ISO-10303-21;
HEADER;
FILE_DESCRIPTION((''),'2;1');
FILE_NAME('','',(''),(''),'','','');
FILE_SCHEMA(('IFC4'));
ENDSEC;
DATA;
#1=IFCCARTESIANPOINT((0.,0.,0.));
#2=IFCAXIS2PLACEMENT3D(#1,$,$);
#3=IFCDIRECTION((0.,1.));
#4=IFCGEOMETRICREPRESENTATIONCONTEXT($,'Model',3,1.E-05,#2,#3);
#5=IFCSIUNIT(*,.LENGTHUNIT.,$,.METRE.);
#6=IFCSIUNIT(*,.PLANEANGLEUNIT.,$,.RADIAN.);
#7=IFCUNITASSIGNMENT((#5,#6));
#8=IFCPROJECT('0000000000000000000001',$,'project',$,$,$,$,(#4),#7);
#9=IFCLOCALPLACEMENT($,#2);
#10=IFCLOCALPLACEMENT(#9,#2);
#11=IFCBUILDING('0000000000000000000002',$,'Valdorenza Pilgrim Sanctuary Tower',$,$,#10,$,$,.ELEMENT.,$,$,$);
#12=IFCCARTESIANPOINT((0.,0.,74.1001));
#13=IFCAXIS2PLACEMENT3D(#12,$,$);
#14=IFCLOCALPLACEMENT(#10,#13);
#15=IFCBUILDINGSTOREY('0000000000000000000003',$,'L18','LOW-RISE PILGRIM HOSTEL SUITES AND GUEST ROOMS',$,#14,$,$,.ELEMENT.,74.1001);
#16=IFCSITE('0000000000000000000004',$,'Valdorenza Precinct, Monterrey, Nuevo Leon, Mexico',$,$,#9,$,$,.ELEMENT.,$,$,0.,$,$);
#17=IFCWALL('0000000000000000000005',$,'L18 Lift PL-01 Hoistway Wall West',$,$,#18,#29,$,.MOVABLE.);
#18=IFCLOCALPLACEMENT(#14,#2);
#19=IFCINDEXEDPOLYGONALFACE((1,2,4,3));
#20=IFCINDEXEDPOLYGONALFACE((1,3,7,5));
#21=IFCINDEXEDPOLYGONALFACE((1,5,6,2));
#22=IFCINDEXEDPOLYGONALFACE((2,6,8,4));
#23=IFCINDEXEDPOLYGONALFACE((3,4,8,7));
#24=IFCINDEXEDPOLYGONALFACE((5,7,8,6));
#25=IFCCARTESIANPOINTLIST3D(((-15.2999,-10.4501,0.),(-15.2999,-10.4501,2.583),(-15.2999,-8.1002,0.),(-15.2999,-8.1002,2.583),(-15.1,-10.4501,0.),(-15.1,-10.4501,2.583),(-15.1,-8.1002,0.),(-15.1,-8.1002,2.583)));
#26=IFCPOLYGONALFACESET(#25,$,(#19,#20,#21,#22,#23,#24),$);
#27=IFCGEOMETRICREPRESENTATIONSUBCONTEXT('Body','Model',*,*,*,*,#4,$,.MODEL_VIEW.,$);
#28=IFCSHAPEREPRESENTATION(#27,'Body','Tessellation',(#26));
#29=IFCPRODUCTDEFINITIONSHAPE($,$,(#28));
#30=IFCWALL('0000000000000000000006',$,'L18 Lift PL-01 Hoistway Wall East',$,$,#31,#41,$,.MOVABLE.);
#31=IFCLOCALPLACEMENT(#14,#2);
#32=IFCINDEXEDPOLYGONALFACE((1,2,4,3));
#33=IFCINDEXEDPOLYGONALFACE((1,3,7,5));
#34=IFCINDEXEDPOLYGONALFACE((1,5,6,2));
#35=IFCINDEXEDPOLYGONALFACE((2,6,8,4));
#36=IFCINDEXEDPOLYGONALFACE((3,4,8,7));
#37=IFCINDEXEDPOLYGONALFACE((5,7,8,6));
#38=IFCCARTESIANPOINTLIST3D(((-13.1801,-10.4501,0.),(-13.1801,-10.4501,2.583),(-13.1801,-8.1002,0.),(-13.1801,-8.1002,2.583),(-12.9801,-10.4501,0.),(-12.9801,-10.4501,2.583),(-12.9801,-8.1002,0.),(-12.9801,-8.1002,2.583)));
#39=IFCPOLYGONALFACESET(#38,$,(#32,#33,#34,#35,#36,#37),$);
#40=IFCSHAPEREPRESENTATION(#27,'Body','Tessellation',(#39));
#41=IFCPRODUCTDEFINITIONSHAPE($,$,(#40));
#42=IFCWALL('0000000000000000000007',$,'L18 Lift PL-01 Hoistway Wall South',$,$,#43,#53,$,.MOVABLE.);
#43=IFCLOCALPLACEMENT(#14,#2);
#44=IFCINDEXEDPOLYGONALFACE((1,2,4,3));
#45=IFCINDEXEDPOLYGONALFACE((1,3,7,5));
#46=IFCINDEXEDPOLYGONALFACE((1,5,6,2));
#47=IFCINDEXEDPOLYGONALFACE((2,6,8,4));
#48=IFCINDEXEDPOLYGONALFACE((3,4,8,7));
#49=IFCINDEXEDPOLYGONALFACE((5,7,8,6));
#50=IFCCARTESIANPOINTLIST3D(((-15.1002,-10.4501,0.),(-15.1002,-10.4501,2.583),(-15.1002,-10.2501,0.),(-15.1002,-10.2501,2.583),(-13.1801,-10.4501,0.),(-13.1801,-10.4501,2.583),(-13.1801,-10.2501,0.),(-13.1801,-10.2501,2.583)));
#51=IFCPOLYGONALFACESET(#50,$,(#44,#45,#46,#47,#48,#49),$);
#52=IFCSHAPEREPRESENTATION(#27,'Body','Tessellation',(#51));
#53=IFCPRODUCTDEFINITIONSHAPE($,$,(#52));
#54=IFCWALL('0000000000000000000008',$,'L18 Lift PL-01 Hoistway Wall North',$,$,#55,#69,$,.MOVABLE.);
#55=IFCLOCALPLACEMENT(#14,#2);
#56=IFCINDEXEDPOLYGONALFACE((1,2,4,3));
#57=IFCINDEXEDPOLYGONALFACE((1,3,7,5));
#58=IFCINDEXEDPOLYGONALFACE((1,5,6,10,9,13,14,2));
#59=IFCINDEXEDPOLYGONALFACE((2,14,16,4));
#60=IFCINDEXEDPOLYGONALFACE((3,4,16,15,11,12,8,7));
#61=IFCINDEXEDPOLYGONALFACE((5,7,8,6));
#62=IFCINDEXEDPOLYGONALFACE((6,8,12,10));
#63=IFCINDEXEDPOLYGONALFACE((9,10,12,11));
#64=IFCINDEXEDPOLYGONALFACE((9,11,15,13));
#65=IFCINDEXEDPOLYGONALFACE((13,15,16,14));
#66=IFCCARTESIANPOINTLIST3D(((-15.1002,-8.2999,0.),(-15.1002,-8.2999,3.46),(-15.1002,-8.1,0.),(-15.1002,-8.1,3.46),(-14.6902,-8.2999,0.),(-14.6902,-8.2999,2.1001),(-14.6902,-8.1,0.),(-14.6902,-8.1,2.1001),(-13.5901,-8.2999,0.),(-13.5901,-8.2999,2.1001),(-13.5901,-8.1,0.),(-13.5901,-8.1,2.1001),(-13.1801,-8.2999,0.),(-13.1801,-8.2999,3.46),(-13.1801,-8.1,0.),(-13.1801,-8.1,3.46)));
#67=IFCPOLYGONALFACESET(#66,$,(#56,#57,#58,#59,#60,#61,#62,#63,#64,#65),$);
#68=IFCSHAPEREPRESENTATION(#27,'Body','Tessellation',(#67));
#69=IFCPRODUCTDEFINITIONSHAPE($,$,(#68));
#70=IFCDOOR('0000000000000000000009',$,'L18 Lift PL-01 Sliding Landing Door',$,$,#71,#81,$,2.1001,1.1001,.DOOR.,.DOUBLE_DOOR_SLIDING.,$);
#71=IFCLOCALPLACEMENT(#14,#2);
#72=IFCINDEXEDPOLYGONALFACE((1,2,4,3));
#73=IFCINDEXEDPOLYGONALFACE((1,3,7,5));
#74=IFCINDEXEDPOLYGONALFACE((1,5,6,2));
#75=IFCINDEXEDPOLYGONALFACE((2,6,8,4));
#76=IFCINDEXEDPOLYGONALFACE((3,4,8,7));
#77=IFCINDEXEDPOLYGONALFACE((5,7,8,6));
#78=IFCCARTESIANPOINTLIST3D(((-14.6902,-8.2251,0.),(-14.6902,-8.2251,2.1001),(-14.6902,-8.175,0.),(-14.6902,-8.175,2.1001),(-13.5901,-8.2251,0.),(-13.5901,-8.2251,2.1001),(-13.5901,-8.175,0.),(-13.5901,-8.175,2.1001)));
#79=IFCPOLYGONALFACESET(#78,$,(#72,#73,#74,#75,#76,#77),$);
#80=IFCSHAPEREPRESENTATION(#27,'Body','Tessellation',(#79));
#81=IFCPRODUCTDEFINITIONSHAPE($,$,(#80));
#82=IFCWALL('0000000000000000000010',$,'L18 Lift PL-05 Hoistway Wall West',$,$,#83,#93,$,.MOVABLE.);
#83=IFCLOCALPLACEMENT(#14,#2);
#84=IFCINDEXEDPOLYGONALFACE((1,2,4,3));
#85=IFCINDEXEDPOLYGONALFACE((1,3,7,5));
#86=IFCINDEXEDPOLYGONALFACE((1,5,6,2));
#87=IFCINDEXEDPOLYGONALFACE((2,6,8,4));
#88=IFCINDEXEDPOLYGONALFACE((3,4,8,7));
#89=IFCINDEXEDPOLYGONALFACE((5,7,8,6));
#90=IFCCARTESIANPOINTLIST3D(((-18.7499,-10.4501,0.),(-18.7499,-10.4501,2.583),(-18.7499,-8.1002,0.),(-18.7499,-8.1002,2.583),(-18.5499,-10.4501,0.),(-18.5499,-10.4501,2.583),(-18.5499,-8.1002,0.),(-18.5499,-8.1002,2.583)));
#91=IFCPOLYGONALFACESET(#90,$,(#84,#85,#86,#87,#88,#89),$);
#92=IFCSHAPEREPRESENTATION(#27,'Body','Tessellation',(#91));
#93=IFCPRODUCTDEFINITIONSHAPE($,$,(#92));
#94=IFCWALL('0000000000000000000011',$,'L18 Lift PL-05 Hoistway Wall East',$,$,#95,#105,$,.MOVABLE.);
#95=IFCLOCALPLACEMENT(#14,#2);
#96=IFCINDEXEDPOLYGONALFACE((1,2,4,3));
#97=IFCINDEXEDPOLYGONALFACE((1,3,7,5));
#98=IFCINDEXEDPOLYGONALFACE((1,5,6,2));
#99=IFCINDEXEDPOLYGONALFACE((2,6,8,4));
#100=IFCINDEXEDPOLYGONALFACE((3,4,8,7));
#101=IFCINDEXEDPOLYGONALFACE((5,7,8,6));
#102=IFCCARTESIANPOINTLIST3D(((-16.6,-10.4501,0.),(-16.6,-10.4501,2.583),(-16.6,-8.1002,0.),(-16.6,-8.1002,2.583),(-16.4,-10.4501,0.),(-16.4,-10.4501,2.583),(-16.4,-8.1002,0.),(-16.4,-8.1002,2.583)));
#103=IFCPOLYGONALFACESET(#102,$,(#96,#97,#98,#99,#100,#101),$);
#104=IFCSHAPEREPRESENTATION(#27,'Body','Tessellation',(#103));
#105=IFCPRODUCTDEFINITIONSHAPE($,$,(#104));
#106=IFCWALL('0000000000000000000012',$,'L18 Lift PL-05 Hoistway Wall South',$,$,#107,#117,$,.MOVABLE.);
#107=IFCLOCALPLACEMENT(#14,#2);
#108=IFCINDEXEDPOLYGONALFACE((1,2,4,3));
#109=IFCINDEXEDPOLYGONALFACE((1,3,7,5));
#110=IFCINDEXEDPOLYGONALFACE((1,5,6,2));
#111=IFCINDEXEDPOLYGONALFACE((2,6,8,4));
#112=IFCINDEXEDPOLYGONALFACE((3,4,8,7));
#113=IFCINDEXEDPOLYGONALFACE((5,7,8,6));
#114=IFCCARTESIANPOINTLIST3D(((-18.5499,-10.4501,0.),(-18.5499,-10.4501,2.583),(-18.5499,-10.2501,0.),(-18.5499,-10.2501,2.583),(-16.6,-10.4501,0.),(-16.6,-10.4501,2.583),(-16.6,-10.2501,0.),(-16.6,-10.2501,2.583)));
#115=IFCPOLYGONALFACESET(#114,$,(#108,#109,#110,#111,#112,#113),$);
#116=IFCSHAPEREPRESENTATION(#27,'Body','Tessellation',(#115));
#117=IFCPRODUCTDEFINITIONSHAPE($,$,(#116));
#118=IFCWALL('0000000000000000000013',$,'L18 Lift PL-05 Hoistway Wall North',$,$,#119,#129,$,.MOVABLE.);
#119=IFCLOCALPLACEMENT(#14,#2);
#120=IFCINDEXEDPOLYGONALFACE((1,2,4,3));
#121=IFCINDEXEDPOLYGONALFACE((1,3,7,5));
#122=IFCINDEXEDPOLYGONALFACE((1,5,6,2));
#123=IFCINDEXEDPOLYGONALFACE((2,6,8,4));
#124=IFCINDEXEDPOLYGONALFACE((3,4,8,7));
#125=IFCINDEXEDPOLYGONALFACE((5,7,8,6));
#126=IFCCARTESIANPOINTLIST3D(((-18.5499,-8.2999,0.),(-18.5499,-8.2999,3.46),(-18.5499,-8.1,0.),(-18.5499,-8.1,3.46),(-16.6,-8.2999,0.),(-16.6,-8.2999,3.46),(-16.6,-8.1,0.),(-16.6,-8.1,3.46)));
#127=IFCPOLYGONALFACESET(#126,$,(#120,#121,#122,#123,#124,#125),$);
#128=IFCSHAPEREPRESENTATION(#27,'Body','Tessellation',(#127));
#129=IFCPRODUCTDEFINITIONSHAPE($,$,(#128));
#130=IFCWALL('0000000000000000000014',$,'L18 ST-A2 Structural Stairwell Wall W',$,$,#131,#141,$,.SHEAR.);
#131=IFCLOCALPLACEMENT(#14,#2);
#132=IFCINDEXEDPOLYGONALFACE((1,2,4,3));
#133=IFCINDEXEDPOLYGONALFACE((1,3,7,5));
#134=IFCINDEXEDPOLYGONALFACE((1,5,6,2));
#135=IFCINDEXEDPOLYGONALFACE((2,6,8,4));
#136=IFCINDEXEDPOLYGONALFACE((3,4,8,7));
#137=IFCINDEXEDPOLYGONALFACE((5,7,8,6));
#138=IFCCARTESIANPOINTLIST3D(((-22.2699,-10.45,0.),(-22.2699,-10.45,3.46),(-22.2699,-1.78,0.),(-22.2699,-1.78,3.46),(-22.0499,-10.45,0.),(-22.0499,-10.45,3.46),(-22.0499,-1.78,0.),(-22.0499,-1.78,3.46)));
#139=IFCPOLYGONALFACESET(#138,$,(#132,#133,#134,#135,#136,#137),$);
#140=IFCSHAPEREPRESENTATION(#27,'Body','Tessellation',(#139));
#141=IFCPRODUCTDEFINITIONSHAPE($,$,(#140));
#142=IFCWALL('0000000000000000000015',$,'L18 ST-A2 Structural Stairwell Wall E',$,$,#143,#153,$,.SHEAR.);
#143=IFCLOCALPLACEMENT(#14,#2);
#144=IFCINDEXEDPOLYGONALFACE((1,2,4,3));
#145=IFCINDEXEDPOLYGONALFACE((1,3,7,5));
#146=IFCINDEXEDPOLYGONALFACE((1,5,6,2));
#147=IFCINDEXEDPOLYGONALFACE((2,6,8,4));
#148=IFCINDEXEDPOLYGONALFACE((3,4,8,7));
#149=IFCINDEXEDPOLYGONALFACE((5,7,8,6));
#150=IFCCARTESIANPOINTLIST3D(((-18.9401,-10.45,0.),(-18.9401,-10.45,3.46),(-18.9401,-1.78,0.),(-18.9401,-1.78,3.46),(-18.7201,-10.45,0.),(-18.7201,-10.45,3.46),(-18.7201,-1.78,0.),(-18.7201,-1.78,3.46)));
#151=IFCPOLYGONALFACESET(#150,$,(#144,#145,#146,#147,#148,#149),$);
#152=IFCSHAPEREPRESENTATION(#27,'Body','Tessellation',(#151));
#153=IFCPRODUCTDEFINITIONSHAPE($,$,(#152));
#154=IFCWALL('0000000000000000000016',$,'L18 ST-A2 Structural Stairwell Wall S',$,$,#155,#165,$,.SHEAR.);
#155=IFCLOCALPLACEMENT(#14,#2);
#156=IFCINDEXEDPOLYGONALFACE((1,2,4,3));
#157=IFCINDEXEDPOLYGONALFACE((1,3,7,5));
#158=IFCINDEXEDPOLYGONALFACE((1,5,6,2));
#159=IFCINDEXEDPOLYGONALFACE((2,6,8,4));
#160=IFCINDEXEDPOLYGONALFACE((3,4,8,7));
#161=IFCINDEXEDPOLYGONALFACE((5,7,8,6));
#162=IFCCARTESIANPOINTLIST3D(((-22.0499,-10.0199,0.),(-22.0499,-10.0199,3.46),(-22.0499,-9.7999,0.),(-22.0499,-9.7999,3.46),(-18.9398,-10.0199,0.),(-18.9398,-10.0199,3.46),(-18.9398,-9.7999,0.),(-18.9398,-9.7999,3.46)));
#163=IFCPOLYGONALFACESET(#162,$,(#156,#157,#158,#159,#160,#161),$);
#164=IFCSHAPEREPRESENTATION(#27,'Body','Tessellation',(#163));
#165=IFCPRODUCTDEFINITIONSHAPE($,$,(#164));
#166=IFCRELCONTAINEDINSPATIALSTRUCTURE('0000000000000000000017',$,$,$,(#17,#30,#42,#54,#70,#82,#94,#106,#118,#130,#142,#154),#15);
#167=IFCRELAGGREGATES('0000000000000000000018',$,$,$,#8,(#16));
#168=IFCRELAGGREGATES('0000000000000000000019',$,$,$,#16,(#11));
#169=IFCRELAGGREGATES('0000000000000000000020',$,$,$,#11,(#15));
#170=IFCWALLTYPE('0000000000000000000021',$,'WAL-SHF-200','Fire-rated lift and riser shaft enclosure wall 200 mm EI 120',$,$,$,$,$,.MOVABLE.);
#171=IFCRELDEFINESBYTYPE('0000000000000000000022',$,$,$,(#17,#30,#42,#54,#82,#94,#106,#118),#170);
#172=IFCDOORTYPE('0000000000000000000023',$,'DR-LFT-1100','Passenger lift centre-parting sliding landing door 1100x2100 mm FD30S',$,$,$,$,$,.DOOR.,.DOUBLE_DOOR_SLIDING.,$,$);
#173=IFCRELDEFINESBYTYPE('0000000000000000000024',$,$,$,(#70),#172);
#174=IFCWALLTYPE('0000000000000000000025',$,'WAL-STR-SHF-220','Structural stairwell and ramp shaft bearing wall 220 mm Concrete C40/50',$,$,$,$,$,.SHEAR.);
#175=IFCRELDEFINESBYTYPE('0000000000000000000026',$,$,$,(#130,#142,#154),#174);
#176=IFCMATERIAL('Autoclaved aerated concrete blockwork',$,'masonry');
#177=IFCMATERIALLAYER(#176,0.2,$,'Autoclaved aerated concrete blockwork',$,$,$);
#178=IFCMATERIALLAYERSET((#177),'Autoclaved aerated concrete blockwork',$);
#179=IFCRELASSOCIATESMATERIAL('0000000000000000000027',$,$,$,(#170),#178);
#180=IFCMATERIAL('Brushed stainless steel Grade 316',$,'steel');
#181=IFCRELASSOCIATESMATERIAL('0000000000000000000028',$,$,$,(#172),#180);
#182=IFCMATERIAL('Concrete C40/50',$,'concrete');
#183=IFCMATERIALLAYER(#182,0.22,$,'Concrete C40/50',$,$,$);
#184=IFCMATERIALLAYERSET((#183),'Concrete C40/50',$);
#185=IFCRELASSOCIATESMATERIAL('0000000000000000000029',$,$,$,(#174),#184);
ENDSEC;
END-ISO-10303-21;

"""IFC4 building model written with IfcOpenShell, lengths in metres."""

from ifc_helpers import new_model, si_unit, direction, frame, frame_2d, origin, place, context, subcontext, project, spatial, rectangle, extrude, material, layer, layer_set, type_object, element, fill, save


model = new_model("IFC4")

# Units and contexts
model_context = context("Model", 3, precision=1e-05, world=origin(), true_north=direction((0.0, 1.0)))
body_context = subcontext(model_context, "Body", "Model", "MODEL_VIEW")
ifc_project = project(units=[si_unit("LENGTHUNIT", "METRE"), si_unit("PLANEANGLEUNIT", "RADIAN")], contexts=[model_context])

# Site, building, storey
site_placement = place(None, origin())
site = spatial("IfcSite", under=ifc_project, at=site_placement, Name="Valdorenza Precinct, Monterrey, Nuevo Leon, Mexico", CompositionType="ELEMENT", RefElevation=0.0)
building_placement = place(site_placement, origin())
building = spatial("IfcBuilding", under=site, at=building_placement, Name="Valdorenza Pilgrim Sanctuary Tower", CompositionType="ELEMENT")
storey_placement = place(building_placement, frame((0.0, 0.0, 74.1001)))
storey = spatial("IfcBuildingStorey", under=building, at=storey_placement, Name="L18", Description="LOW-RISE PILGRIM HOSTEL SUITES AND GUEST ROOMS", CompositionType="ELEMENT", Elevation=74.1001)

# Walls
ifc_material_1 = material(Name="Autoclaved aerated concrete blockwork", Category="masonry")
ifc_layer_1 = layer(ifc_material_1, 0.2, Name="Autoclaved aerated concrete blockwork")
ifc_layer_set_1 = layer_set([ifc_layer_1], Name="Autoclaved aerated concrete blockwork")
wall_type_1 = type_object("IfcWallType", Name="WAL-SHF-200", Description="Fire-rated lift and riser shaft enclosure wall 200 mm EI 120", PredefinedType="MOVABLE", material=ifc_layer_set_1)
for number, where, z_axis, x_axis, name in (
    (1, (-15.2, -10.45, 0.0), (0.0, 0.0, 1.0), (0.0, 1.0, 0.0), "L18 Lift PL-01 Hoistway Wall West"),
    (2, (-13.0801, -10.45, 0.0), (0.0, 0.0, 1.0), (0.0, 1.0, 0.0), "L18 Lift PL-01 Hoistway Wall East"),
):
    element("IfcWall", number, at=place(storey_placement, frame(where, z_axis=z_axis, x_axis=x_axis)), inside=storey, type_object=wall_type_1, Name=name, PredefinedType="MOVABLE", context=body_context, shape_type="SweptSolid", body=[
        extrude(rectangle(XDim=2.3499, YDim=0.2, at=frame_2d((1.1748, 0.0))), origin(), (0.0, 0.0, 1.0), 2.583),
    ])
wall_1_placement = place(storey_placement, frame((-15.1001, -10.3501, 0.0), z_axis=(0.0, 0.0, 1.0), x_axis=(1.0, 0.0, 0.0)))
element("IfcWall", 3, at=wall_1_placement, inside=storey, type_object=wall_type_1, Name="L18 Lift PL-01 Hoistway Wall South", PredefinedType="MOVABLE", context=body_context, shape_type="SweptSolid", body=[
    extrude(rectangle(XDim=1.9202, YDim=0.2, at=frame_2d((0.96, 0.0))), origin(), (0.0, 0.0, 1.0), 2.583),
])

# Wall, opening, door
wall_2_placement = place(storey_placement, frame((-15.1001, -8.2, 0.0), z_axis=(0.0, 0.0, 1.0), x_axis=(1.0, 0.0, 0.0)))
wall_2 = element("IfcWall", 4, at=wall_2_placement, inside=storey, type_object=wall_type_1, Name="L18 Lift PL-01 Hoistway Wall North", PredefinedType="MOVABLE", context=body_context, shape_type="SweptSolid", body=[
    extrude(rectangle(XDim=1.9202, YDim=0.2, at=frame_2d((0.96, 0.0))), origin(), (0.0, 0.0, 1.0), 3.46),
])
opening_1_placement = place(wall_2_placement, frame((0.4099, 0.0, 0.0)))
opening_1 = element("IfcOpeningElement", 5, at=opening_1_placement, cuts=wall_2, PredefinedType="OPENING", context=body_context, shape_type="SweptSolid", body=[
    extrude(rectangle(XDim=1.1001, YDim=2.1001, at=frame_2d((0.55, 1.05))), frame((0.0, 0.1147, 0.0), z_axis=(0.0, -1.0, 0.0), x_axis=(1.0, 0.0, 0.0)), (0.0, 0.0, 1.0), 0.2297),
])
ifc_material_2 = material(Name="Brushed stainless steel Grade 316", Category="steel")
door_type = type_object("IfcDoorType", Name="DR-LFT-1100", Description="Passenger lift centre-parting sliding landing door 1100x2100 mm FD30S", OperationType="DOUBLE_DOOR_SLIDING", PredefinedType="DOOR", material=ifc_material_2)
door_placement = place(opening_1_placement, origin())
door = element("IfcDoor", 6, at=door_placement, inside=storey, type_object=door_type, Name="L18 Lift PL-01 Sliding Landing Door", OperationType="DOUBLE_DOOR_SLIDING", OverallHeight=2.1001, OverallWidth=1.1001, PredefinedType="DOOR", context=body_context, shape_type="SweptSolid", body=[
    extrude(rectangle(XDim=1.1001, YDim=2.1001, at=frame_2d((0.55, 1.05))), frame((0.0, 0.0249, 0.0), z_axis=(0.0, -1.0, 0.0), x_axis=(1.0, 0.0, 0.0)), (0.0, 0.0, 1.0), 0.05),
])
fill(opening_1, door)

# Walls
for number, where, z_axis, x_axis, name in (
    (7, (-18.6499, -10.45, 0.0), (0.0, 0.0, 1.0), (0.0, 1.0, 0.0), "L18 Lift PL-05 Hoistway Wall West"),
    (8, (-16.5, -10.45, 0.0), (0.0, 0.0, 1.0), (0.0, 1.0, 0.0), "L18 Lift PL-05 Hoistway Wall East"),
):
    element("IfcWall", number, at=place(storey_placement, frame(where, z_axis=z_axis, x_axis=x_axis)), inside=storey, type_object=wall_type_1, Name=name, PredefinedType="MOVABLE", context=body_context, shape_type="SweptSolid", body=[
        extrude(rectangle(XDim=2.3499, YDim=0.2, at=frame_2d((1.1748, 0.0))), origin(), (0.0, 0.0, 1.0), 2.583),
    ])
wall_3_placement = place(storey_placement, frame((-18.55, -10.3501, 0.0), z_axis=(0.0, 0.0, 1.0), x_axis=(1.0, 0.0, 0.0)))
element("IfcWall", 9, at=wall_3_placement, inside=storey, type_object=wall_type_1, Name="L18 Lift PL-05 Hoistway Wall South", PredefinedType="MOVABLE", context=body_context, shape_type="SweptSolid", body=[
    extrude(rectangle(XDim=1.95, YDim=0.2, at=frame_2d((0.9751, 0.0))), origin(), (0.0, 0.0, 1.0), 2.583),
])
wall_4_placement = place(storey_placement, frame((-18.55, -8.2, 0.0), z_axis=(0.0, 0.0, 1.0), x_axis=(1.0, 0.0, 0.0)))
element("IfcWall", 10, at=wall_4_placement, inside=storey, type_object=wall_type_1, Name="L18 Lift PL-05 Hoistway Wall North", PredefinedType="MOVABLE", context=body_context, shape_type="SweptSolid", body=[
    extrude(rectangle(XDim=1.95, YDim=0.2, at=frame_2d((0.9751, 0.0))), origin(), (0.0, 0.0, 1.0), 3.46),
])
ifc_material_3 = material(Name="Concrete C40/50", Category="concrete")
ifc_layer_2 = layer(ifc_material_3, 0.22, Name="Concrete C40/50")
ifc_layer_set_2 = layer_set([ifc_layer_2], Name="Concrete C40/50")
wall_type_2 = type_object("IfcWallType", Name="WAL-STR-SHF-220", Description="Structural stairwell and ramp shaft bearing wall 220 mm Concrete C40/50", PredefinedType="SHEAR", material=ifc_layer_set_2)
for number, where, z_axis, x_axis, name in (
    (11, (-22.1599, -10.45, 0.0), (0.0, 0.0, 1.0), (0.0, 1.0, 0.0), "L18 ST-A2 Structural Stairwell Wall W"),
    (12, (-18.8301, -10.45, 0.0), (0.0, 0.0, 1.0), (0.0, 1.0, 0.0), "L18 ST-A2 Structural Stairwell Wall E"),
):
    element("IfcWall", number, at=place(storey_placement, frame(where, z_axis=z_axis, x_axis=x_axis)), inside=storey, type_object=wall_type_2, Name=name, PredefinedType="SHEAR", context=body_context, shape_type="SweptSolid", body=[
        extrude(rectangle(XDim=8.6699, YDim=0.22, at=frame_2d((4.335, 0.0))), origin(), (0.0, 0.0, 1.0), 3.46),
    ])
wall_5_placement = place(storey_placement, frame((-22.05, -9.9099, 0.0), z_axis=(0.0, 0.0, 1.0), x_axis=(1.0, 0.0, 0.0)))
element("IfcWall", 13, at=wall_5_placement, inside=storey, type_object=wall_type_2, Name="L18 ST-A2 Structural Stairwell Wall S", PredefinedType="SHEAR", context=body_context, shape_type="SweptSolid", body=[
    extrude(rectangle(XDim=3.1101, YDim=0.22, at=frame_2d((1.5552, 0.0))), origin(), (0.0, 0.0, 1.0), 3.46),
])

save(model, "model.ifc")
